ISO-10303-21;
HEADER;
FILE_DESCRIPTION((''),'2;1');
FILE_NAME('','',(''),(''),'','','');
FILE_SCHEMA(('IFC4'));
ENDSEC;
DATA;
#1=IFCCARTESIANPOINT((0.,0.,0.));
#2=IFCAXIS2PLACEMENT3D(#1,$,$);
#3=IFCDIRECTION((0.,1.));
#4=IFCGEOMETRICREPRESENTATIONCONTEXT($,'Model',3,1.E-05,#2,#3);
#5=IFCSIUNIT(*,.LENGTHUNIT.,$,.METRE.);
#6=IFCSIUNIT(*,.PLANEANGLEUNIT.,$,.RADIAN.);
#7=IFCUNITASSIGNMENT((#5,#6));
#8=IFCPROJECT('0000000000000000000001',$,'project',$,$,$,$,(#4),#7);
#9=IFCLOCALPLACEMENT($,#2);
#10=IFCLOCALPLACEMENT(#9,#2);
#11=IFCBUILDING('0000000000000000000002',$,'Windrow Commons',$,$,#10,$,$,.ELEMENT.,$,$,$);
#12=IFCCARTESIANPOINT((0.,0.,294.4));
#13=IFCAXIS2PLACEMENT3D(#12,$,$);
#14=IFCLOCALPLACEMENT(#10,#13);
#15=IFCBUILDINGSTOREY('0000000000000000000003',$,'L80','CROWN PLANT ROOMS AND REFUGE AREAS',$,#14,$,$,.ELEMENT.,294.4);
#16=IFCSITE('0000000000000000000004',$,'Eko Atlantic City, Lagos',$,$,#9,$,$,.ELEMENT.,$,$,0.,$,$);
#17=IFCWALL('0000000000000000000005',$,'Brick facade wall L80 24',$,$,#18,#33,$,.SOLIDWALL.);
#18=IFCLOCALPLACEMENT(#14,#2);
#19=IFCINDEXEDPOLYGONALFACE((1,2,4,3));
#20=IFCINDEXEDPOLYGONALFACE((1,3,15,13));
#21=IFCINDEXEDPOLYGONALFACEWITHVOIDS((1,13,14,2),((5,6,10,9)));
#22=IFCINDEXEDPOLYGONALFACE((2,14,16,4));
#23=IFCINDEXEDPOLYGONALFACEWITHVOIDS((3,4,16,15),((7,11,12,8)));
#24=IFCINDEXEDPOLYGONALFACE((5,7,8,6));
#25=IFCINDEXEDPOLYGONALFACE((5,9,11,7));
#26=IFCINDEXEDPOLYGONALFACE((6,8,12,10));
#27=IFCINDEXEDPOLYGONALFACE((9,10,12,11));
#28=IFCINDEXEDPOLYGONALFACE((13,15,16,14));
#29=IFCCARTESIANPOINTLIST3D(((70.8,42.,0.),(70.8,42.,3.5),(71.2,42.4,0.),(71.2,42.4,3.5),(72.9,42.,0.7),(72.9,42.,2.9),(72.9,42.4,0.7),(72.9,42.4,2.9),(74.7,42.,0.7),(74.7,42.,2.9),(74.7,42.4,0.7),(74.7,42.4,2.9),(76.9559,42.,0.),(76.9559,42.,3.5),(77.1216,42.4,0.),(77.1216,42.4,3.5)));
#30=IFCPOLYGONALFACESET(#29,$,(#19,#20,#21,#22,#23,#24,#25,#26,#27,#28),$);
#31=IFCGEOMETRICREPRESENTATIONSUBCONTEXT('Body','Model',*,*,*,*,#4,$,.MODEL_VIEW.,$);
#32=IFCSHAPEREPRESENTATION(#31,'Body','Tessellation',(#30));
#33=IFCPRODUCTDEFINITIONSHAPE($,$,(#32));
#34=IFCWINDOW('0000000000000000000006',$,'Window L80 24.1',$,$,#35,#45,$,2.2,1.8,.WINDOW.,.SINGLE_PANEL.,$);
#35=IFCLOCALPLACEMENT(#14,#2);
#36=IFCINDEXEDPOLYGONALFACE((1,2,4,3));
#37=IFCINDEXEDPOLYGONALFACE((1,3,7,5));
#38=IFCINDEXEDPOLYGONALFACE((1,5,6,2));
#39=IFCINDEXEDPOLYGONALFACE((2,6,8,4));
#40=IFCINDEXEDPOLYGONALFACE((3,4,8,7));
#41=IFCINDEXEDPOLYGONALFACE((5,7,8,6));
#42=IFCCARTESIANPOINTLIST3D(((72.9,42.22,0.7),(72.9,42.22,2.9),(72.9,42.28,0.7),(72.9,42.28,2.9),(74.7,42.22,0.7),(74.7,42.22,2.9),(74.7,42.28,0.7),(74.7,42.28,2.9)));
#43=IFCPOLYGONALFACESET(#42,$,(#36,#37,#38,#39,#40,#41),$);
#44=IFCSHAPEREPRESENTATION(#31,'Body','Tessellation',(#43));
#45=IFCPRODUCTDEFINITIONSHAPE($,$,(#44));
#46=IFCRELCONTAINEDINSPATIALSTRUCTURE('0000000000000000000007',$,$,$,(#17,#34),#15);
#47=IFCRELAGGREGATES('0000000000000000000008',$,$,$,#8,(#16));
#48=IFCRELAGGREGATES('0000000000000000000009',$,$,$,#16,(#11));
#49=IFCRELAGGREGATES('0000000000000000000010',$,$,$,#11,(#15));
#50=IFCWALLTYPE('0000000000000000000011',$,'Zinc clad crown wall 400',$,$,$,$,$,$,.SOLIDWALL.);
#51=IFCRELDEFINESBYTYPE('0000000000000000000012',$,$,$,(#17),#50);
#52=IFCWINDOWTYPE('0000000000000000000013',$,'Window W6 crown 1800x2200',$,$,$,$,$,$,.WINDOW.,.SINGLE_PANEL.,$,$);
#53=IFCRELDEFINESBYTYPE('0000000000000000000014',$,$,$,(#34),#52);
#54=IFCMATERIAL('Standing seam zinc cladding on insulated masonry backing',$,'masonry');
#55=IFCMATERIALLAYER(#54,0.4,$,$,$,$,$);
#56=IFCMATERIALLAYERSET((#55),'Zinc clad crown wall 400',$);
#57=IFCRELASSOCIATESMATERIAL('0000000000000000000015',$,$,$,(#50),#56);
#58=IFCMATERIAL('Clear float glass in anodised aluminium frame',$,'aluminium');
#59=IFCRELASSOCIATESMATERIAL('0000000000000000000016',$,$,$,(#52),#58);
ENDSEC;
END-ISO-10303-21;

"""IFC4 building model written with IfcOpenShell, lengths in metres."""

from ifc_helpers import new_model, si_unit, direction, frame, frame_2d, origin, place, context, subcontext, project, spatial, polyline, rectangle, outline, extrude, material, layer, layer_set, type_object, element, fill, save


model = new_model("IFC4")

# Units and contexts
model_context = context("Model", 3, precision=1e-05, world=origin(), true_north=direction((0.0, 1.0)))
body_context = subcontext(model_context, "Body", "Model", "MODEL_VIEW")
ifc_project = project(units=[si_unit("LENGTHUNIT", "METRE"), si_unit("PLANEANGLEUNIT", "RADIAN")], contexts=[model_context])

# Site, building, storey
site_placement = place(None, origin())
site = spatial("IfcSite", under=ifc_project, at=site_placement, Name="Eko Atlantic City, Lagos", CompositionType="ELEMENT", RefElevation=0.0)
building_placement = place(site_placement, origin())
building = spatial("IfcBuilding", under=site, at=building_placement, Name="Windrow Commons", CompositionType="ELEMENT")
storey_placement = place(building_placement, frame((0.0, 0.0, 294.4)))
storey = spatial("IfcBuildingStorey", under=building, at=storey_placement, Name="L80", Description="CROWN PLANT ROOMS AND REFUGE AREAS", CompositionType="ELEMENT", Elevation=294.4)

# Shared definitions
ifc_material_1 = material(Name="Standing seam zinc cladding on insulated masonry backing", Category="masonry")
ifc_layer_1 = layer(ifc_material_1, 0.4)
ifc_layer_set_1 = layer_set([ifc_layer_1], Name="Zinc clad crown wall 400")
wall_type_1 = type_object("IfcWallType", Name="Zinc clad crown wall 400", PredefinedType="SOLIDWALL", material=ifc_layer_set_1)

# Wall, opening, window
ifc_material_2 = material(Name="Clear float glass in anodised aluminium frame", Category="aluminium")
window_type = type_object("IfcWindowType", Name="Window W6 crown 1800x2200", PartitioningType="SINGLE_PANEL", PredefinedType="WINDOW", material=ifc_material_2)
wall_1_placement = place(storey_placement, frame((71.0, 42.2, 0.0), z_axis=(0.0, 0.0, 1.0), x_axis=(1.0, 0.0, 0.0)))
wall_1 = element("IfcWall", 1, at=wall_1_placement, inside=storey, type_object=wall_type_1, Name="Brick facade wall L80 24", PredefinedType="SOLIDWALL", context=body_context, shape_type="SweptSolid", body=[
    extrude(outline(polyline([(-0.2, -0.2), (5.9559, -0.2), (6.1216, 0.2), (0.2, 0.2), (-0.2, -0.2)])), origin(), (0.0, 0.0, 1.0), 3.5),
])
opening_1_placement = place(wall_1_placement, frame((1.9, 0.0, 0.7)))
opening_1 = element("IfcOpeningElement", 2, at=opening_1_placement, cuts=wall_1, PredefinedType="OPENING", context=body_context, shape_type="SweptSolid", body=[
    extrude(rectangle(XDim=1.8, YDim=2.2, at=frame_2d((0.9, 1.1))), frame((0.0, 0.21, 0.0), z_axis=(0.0, -1.0, 0.0), x_axis=(1.0, 0.0, 0.0)), (0.0, 0.0, 1.0), 0.42),
])
window_1_placement = place(opening_1_placement, origin())
window_1 = element("IfcWindow", 3, at=window_1_placement, inside=storey, type_object=window_type, Name="Window L80 24.1", OverallHeight=2.2, OverallWidth=1.8, PartitioningType="SINGLE_PANEL", PredefinedType="WINDOW", context=body_context, shape_type="SweptSolid", body=[
    extrude(rectangle(XDim=1.8, YDim=2.2, at=frame_2d((0.9, 1.1))), frame((0.0, 0.08, 0.0), z_axis=(0.0, -1.0, 0.0), x_axis=(1.0, 0.0, 0.0)), (0.0, 0.0, 1.0), 0.06),
])
fill(opening_1, window_1)

save(model, "model.ifc")
